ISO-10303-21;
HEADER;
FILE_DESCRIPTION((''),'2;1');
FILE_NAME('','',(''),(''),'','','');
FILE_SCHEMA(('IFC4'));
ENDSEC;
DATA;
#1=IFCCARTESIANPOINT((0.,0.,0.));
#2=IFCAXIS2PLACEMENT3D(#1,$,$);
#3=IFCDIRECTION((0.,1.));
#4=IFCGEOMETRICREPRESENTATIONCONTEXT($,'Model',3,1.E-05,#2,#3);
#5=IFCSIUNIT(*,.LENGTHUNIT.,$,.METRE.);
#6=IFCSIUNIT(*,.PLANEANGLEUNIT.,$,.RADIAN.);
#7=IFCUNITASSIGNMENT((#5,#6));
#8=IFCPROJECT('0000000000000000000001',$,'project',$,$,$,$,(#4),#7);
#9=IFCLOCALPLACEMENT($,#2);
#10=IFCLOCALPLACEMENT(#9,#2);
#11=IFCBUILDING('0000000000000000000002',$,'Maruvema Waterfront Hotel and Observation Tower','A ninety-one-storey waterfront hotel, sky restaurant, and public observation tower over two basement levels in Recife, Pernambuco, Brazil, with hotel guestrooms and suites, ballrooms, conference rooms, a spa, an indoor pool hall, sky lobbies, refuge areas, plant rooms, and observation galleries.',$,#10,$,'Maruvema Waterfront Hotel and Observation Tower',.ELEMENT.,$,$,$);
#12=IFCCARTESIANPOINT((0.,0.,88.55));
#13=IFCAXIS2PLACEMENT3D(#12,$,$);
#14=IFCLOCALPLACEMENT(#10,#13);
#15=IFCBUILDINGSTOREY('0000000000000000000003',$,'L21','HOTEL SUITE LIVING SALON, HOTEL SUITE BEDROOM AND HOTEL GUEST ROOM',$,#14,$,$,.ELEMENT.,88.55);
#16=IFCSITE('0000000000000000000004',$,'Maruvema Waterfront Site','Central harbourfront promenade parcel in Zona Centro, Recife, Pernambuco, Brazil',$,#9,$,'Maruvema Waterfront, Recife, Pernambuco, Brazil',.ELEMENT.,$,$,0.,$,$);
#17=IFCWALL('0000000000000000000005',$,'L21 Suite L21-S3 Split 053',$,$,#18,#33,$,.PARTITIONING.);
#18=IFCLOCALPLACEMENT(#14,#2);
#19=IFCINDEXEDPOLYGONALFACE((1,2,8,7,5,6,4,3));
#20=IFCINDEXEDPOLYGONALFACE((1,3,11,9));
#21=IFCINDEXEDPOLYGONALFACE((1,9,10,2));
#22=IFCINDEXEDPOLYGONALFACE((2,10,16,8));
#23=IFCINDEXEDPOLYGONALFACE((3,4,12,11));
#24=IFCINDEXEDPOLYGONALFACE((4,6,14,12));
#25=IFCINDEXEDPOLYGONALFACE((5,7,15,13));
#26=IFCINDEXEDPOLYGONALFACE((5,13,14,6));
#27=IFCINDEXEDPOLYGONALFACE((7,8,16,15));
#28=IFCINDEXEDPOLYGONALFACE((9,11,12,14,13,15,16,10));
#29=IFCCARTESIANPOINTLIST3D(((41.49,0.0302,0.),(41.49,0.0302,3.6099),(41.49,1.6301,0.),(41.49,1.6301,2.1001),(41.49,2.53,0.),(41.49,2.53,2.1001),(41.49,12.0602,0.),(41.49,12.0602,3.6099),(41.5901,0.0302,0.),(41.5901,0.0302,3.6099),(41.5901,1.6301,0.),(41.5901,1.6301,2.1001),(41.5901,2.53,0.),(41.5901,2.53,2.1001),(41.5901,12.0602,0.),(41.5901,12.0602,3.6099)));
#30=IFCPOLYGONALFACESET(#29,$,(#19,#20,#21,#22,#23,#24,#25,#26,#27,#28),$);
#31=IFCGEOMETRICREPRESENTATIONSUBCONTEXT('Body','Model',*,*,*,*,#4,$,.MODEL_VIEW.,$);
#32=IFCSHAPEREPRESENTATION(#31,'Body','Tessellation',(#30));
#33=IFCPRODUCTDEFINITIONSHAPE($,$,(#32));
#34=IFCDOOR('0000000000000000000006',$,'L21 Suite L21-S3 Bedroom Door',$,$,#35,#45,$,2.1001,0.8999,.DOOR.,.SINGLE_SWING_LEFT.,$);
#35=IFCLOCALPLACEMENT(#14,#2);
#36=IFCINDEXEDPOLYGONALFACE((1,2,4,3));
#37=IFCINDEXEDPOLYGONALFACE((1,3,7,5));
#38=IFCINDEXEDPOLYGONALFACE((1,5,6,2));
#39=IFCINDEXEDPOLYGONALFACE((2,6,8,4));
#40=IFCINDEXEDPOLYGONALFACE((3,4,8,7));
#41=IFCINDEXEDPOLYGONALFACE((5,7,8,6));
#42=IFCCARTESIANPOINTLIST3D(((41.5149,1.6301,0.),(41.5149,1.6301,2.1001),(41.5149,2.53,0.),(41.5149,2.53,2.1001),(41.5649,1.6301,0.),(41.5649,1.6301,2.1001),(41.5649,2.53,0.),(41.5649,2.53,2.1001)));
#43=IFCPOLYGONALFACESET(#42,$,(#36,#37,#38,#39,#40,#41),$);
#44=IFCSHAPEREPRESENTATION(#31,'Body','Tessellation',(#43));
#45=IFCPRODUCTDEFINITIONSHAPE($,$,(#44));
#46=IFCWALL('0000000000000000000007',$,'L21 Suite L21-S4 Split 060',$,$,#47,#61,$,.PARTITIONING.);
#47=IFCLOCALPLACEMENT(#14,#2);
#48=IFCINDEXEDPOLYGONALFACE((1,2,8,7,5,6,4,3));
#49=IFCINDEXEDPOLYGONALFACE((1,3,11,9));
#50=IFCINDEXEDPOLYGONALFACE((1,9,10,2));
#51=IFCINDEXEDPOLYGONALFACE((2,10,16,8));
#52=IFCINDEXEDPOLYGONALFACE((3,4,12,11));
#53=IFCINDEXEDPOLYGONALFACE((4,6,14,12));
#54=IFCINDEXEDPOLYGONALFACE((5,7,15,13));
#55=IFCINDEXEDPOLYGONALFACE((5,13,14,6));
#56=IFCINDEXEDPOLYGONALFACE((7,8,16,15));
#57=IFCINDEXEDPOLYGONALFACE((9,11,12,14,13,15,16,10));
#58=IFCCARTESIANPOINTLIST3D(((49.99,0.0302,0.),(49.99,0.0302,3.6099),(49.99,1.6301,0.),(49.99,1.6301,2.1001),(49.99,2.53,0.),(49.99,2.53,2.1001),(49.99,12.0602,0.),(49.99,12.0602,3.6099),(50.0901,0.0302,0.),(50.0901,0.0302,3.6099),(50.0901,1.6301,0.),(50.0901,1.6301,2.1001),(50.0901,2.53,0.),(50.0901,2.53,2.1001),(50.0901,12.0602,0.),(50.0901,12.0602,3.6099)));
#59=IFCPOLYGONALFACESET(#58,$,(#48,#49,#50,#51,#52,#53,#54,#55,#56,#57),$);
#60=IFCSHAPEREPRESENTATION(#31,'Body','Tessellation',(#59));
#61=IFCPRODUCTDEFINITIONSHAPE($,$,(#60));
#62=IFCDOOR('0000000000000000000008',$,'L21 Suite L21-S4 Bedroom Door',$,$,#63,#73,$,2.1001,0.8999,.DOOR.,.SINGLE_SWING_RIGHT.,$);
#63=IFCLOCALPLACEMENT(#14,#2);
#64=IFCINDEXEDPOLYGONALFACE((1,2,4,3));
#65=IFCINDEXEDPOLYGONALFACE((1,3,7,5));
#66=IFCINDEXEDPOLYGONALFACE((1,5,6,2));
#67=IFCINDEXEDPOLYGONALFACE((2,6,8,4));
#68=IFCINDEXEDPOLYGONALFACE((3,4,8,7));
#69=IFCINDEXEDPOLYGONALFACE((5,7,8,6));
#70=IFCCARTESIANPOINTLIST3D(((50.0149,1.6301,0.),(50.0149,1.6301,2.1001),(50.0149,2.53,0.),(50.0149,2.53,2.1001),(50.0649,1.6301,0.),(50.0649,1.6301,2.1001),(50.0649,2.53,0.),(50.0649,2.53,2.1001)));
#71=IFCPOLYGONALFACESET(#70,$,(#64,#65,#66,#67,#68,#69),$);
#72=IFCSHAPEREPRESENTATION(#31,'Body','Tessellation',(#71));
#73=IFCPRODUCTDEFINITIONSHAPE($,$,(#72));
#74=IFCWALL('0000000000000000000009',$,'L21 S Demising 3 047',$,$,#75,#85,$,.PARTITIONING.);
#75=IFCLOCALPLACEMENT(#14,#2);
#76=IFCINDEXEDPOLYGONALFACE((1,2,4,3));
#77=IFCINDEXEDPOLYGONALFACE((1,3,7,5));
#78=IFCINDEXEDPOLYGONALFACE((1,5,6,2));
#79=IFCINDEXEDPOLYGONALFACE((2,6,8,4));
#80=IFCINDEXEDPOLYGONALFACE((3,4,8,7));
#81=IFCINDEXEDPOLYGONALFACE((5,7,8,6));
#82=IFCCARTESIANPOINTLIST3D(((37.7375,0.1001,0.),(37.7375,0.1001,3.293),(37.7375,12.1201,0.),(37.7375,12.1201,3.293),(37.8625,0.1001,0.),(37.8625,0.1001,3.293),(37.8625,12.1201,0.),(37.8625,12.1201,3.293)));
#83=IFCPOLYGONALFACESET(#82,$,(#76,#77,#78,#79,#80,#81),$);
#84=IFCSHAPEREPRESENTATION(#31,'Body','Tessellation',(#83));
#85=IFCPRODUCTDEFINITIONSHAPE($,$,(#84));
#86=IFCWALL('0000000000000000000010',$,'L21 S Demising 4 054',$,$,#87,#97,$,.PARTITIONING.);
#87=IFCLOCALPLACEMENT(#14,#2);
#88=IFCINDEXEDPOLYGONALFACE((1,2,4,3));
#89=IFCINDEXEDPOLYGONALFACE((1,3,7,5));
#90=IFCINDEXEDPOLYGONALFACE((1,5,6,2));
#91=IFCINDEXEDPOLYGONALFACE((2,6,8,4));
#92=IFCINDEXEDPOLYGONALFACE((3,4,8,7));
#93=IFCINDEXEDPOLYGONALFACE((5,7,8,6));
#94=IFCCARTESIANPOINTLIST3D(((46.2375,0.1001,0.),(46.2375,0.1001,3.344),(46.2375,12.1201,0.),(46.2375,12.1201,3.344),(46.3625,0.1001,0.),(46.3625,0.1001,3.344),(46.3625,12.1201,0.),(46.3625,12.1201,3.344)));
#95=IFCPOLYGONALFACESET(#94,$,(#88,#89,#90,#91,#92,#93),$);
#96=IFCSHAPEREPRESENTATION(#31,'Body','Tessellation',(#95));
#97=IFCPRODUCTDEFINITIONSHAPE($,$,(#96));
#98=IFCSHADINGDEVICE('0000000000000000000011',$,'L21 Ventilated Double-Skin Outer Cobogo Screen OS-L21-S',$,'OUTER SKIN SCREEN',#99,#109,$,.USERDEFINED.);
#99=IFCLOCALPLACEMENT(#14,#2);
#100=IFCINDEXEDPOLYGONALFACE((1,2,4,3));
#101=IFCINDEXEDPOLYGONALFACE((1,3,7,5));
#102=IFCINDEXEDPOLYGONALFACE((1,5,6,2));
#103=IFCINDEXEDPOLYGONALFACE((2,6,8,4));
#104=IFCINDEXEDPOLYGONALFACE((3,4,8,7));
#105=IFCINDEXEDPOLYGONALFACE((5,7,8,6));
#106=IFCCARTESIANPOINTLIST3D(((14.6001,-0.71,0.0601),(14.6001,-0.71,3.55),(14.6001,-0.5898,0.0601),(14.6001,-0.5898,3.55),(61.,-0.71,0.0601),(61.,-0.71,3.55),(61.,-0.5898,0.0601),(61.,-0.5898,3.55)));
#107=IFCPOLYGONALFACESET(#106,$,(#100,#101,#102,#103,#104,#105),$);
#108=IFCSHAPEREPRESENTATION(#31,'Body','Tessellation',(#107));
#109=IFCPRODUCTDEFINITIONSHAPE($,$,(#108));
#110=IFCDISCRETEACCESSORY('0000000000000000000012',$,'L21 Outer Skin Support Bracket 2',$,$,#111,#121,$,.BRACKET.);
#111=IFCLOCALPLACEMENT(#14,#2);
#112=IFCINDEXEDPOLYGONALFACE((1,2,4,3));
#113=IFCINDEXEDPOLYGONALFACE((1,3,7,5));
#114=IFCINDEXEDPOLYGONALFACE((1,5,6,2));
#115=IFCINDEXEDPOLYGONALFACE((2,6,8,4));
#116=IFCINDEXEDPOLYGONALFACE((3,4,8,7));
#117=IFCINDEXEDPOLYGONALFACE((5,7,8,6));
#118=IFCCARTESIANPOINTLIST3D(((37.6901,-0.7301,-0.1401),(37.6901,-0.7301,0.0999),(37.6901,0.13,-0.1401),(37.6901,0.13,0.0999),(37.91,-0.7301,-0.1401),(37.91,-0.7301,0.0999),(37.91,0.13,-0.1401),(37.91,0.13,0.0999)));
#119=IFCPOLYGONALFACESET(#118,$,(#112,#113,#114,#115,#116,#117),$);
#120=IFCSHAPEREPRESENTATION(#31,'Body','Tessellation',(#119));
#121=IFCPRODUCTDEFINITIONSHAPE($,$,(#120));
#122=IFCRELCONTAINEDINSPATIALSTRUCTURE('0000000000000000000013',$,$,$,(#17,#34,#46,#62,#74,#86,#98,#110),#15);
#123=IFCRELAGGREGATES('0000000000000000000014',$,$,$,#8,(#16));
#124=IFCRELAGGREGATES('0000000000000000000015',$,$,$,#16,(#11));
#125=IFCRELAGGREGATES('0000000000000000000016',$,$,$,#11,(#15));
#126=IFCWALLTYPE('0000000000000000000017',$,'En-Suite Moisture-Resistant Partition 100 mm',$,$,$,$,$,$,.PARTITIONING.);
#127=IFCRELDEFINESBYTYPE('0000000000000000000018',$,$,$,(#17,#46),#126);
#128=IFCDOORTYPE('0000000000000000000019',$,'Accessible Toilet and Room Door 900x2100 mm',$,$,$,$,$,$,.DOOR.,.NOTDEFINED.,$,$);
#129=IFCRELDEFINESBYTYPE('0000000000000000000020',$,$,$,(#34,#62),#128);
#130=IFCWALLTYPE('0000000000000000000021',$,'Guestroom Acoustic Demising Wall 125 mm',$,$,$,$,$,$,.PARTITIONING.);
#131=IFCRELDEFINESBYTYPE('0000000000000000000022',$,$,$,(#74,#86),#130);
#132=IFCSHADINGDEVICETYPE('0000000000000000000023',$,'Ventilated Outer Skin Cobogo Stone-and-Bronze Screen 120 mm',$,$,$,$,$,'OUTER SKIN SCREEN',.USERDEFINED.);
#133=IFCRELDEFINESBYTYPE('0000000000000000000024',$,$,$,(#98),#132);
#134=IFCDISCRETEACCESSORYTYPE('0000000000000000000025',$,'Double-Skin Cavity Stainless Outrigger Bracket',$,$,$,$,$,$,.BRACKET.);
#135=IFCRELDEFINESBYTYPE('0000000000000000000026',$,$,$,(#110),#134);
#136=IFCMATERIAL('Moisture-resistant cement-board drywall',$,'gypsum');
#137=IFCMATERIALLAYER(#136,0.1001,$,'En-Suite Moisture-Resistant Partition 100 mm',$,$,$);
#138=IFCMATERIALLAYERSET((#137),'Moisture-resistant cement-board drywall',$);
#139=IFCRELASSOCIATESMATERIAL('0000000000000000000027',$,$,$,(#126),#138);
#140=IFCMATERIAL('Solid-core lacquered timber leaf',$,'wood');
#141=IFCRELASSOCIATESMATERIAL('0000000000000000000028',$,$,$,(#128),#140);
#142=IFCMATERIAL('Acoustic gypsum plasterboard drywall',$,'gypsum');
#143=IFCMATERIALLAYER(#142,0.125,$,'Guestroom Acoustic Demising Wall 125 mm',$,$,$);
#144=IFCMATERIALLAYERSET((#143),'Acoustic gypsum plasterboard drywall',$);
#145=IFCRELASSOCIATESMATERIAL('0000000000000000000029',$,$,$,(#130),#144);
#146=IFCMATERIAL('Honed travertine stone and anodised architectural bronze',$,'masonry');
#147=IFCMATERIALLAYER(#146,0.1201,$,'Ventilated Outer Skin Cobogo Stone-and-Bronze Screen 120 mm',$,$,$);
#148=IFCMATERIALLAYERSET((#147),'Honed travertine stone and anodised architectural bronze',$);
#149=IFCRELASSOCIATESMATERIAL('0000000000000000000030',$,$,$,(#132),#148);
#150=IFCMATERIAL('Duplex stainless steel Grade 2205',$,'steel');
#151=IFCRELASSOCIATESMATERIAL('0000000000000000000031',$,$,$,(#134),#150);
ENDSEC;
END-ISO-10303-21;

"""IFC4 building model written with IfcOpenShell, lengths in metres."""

from ifc_helpers import new_model, si_unit, direction, frame, frame_2d, origin, origin_2d, place, context, subcontext, project, spatial, rectangle, extrude, material, layer, layer_set, type_object, element, fill, save


model = new_model("IFC4")

# Units and contexts
model_context = context("Model", 3, precision=1e-05, world=origin(), true_north=direction((0.0, 1.0)))
body_context = subcontext(model_context, "Body", "Model", "MODEL_VIEW")
ifc_project = project(units=[si_unit("LENGTHUNIT", "METRE"), si_unit("PLANEANGLEUNIT", "RADIAN")], contexts=[model_context])

# Site, building, storey
site_placement = place(None, origin())
site = spatial("IfcSite", under=ifc_project, at=site_placement, Name="Maruvema Waterfront Site", Description="Central harbourfront promenade parcel in Zona Centro, Recife, Pernambuco, Brazil", LongName="Maruvema Waterfront, Recife, Pernambuco, Brazil", CompositionType="ELEMENT", RefElevation=0.0)
building_placement = place(site_placement, origin())
building = spatial("IfcBuilding", under=site, at=building_placement, Name="Maruvema Waterfront Hotel and Observation Tower", Description="A ninety-one-storey waterfront hotel, sky restaurant, and public observation tower over two basement levels in Recife, Pernambuco, Brazil, with hotel guestrooms and suites, ballrooms, conference rooms, a spa, an indoor pool hall, sky lobbies, refuge areas, plant rooms, and observation galleries.", LongName="Maruvema Waterfront Hotel and Observation Tower", CompositionType="ELEMENT")
storey_placement = place(building_placement, frame((0.0, 0.0, 88.55)))
storey = spatial("IfcBuildingStorey", under=building, at=storey_placement, Name="L21", Description="HOTEL SUITE LIVING SALON, HOTEL SUITE BEDROOM AND HOTEL GUEST ROOM", CompositionType="ELEMENT", Elevation=88.55)

# Shared definitions
ifc_material_1 = material(Name="Moisture-resistant cement-board drywall", Category="gypsum")
ifc_layer_1 = layer(ifc_material_1, 0.1001, Name="En-Suite Moisture-Resistant Partition 100 mm")
ifc_layer_set_1 = layer_set([ifc_layer_1], Name="Moisture-resistant cement-board drywall")
wall_type_1 = type_object("IfcWallType", Name="En-Suite Moisture-Resistant Partition 100 mm", PredefinedType="PARTITIONING", material=ifc_layer_set_1)

# Walls, openings, doors
wall_1_placement = place(storey_placement, frame((41.54, 0.03, 0.0), z_axis=(0.0, 0.0, 1.0), x_axis=(0.0, 1.0, 0.0)))
wall_1 = element("IfcWall", 1, at=wall_1_placement, inside=storey, type_object=wall_type_1, Name="L21 Suite L21-S3 Split 053", PredefinedType="PARTITIONING", context=body_context, shape_type="SweptSolid", body=[
    extrude(rectangle(XDim=12.03, YDim=0.1001, at=frame_2d((6.0151, 0.0))), origin(), (0.0, 0.0, 1.0), 3.6099),
])
opening_1_placement = place(wall_1_placement, frame((1.6001, 0.0, 0.0)))
opening_1 = element("IfcOpeningElement", 2, at=opening_1_placement, cuts=wall_1, PredefinedType="OPENING", context=body_context, shape_type="SweptSolid", body=[
    extrude(rectangle(XDim=0.8999, YDim=2.1001, at=frame_2d((0.45, 1.05))), frame((0.0, 0.0601, 0.0), z_axis=(0.0, -1.0, 0.0), x_axis=(1.0, 0.0, 0.0)), (0.0, 0.0, 1.0), 0.1201),
])
ifc_material_2 = material(Name="Solid-core lacquered timber leaf", Category="wood")
door_type_1 = type_object("IfcDoorType", Name="Accessible Toilet and Room Door 900x2100 mm", OperationType="NOTDEFINED", PredefinedType="DOOR", material=ifc_material_2)
door_1_placement = place(opening_1_placement, frame((0.8999, 0.0, 0.0), z_axis=(0.0, 0.0, 1.0), x_axis=(-1.0, 0.0, 0.0)))
door_1 = element("IfcDoor", 3, at=door_1_placement, inside=storey, type_object=door_type_1, Name="L21 Suite L21-S3 Bedroom Door", OperationType="SINGLE_SWING_LEFT", OverallHeight=2.1001, OverallWidth=0.8999, PredefinedType="DOOR", context=body_context, shape_type="SweptSolid", body=[
    extrude(rectangle(XDim=0.8999, YDim=2.1001, at=frame_2d((0.45, 1.05))), frame((0.0, 0.0249, 0.0), z_axis=(0.0, -1.0, 0.0), x_axis=(1.0, 0.0, 0.0)), (0.0, 0.0, 1.0), 0.05),
])
fill(opening_1, door_1)
wall_2_placement = place(storey_placement, frame((50.04, 0.03, 0.0), z_axis=(0.0, 0.0, 1.0), x_axis=(0.0, 1.0, 0.0)))
wall_2 = element("IfcWall", 4, at=wall_2_placement, inside=storey, type_object=wall_type_1, Name="L21 Suite L21-S4 Split 060", PredefinedType="PARTITIONING", context=body_context, shape_type="SweptSolid", body=[
    extrude(rectangle(XDim=12.03, YDim=0.1001, at=frame_2d((6.0151, 0.0))), origin(), (0.0, 0.0, 1.0), 3.6099),
])
opening_2_placement = place(wall_2_placement, frame((1.6001, 0.0, 0.0)))
opening_2 = element("IfcOpeningElement", 5, at=opening_2_placement, cuts=wall_2, PredefinedType="OPENING", context=body_context, shape_type="SweptSolid", body=[
    extrude(rectangle(XDim=0.8999, YDim=2.1001, at=frame_2d((0.45, 1.05))), frame((0.0, 0.0601, 0.0), z_axis=(0.0, -1.0, 0.0), x_axis=(1.0, 0.0, 0.0)), (0.0, 0.0, 1.0), 0.1201),
])
door_2_placement = place(opening_2_placement, frame((0.8999, 0.0, 0.0), z_axis=(0.0, 0.0, 1.0), x_axis=(-1.0, 0.0, 0.0)))
door_2 = element("IfcDoor", 6, at=door_2_placement, inside=storey, type_object=door_type_1, Name="L21 Suite L21-S4 Bedroom Door", OperationType="SINGLE_SWING_RIGHT", OverallHeight=2.1001, OverallWidth=0.8999, PredefinedType="DOOR", context=body_context, shape_type="SweptSolid", body=[
    extrude(rectangle(XDim=0.8999, YDim=2.1001, at=frame_2d((0.45, 1.05))), frame((0.0, 0.0249, 0.0), z_axis=(0.0, -1.0, 0.0), x_axis=(1.0, 0.0, 0.0)), (0.0, 0.0, 1.0), 0.05),
])
fill(opening_2, door_2)

# Walls
ifc_material_3 = material(Name="Acoustic gypsum plasterboard drywall", Category="gypsum")
ifc_layer_2 = layer(ifc_material_3, 0.125, Name="Guestroom Acoustic Demising Wall 125 mm")
ifc_layer_set_2 = layer_set([ifc_layer_2], Name="Acoustic gypsum plasterboard drywall")
wall_type_2 = type_object("IfcWallType", Name="Guestroom Acoustic Demising Wall 125 mm", PredefinedType="PARTITIONING", material=ifc_layer_set_2)
wall_3_placement = place(storey_placement, frame((37.8, 0.1001, 0.0), z_axis=(0.0, 0.0, 1.0), x_axis=(0.0, 1.0, 0.0)))
element("IfcWall", 7, at=wall_3_placement, inside=storey, type_object=wall_type_2, Name="L21 S Demising 3 047", PredefinedType="PARTITIONING", context=body_context, shape_type="SweptSolid", body=[
    extrude(rectangle(XDim=12.02, YDim=0.125, at=frame_2d((6.01, 0.0))), origin(), (0.0, 0.0, 1.0), 3.293),
])
wall_4_placement = place(storey_placement, frame((46.3, 0.1001, 0.0), z_axis=(0.0, 0.0, 1.0), x_axis=(0.0, 1.0, 0.0)))
element("IfcWall", 8, at=wall_4_placement, inside=storey, type_object=wall_type_2, Name="L21 S Demising 4 054", PredefinedType="PARTITIONING", context=body_context, shape_type="SweptSolid", body=[
    extrude(rectangle(XDim=12.02, YDim=0.125, at=frame_2d((6.01, 0.0))), origin(), (0.0, 0.0, 1.0), 3.344),
])

# Shading device
ifc_material_4 = material(Name="Honed travertine stone and anodised architectural bronze", Category="masonry")
ifc_layer_3 = layer(ifc_material_4, 0.1201, Name="Ventilated Outer Skin Cobogo Stone-and-Bronze Screen 120 mm")
ifc_layer_set_3 = layer_set([ifc_layer_3], Name="Honed travertine stone and anodised architectural bronze")
shading_device_type = type_object("IfcShadingDeviceType", Name="Ventilated Outer Skin Cobogo Stone-and-Bronze Screen 120 mm", ElementType="OUTER SKIN SCREEN", PredefinedType="USERDEFINED", material=ifc_layer_set_3)
shading_device_placement = place(storey_placement, frame((37.8, -0.6499, 0.0601), z_axis=(0.0, 0.0, 1.0), x_axis=(1.0, 0.0, 0.0)))
element("IfcShadingDevice", 9, at=shading_device_placement, inside=storey, type_object=shading_device_type, Name="L21 Ventilated Double-Skin Outer Cobogo Screen OS-L21-S", ObjectType="OUTER SKIN SCREEN", PredefinedType="USERDEFINED", context=body_context, shape_type="SweptSolid", body=[
    extrude(rectangle(XDim=46.3999, YDim=0.1201, at=origin_2d()), origin(), (0.0, 0.0, 1.0), 3.49),
])

# Discrete accessory
ifc_material_5 = material(Name="Duplex stainless steel Grade 2205", Category="steel")
discrete_accessory_type = type_object("IfcDiscreteAccessoryType", Name="Double-Skin Cavity Stainless Outrigger Bracket", PredefinedType="BRACKET", material=ifc_material_5)
discrete_accessory_placement = place(storey_placement, frame((37.8, -0.3, -0.1401), z_axis=(0.0, 0.0, 1.0), x_axis=(1.0, 0.0, 0.0)))
element("IfcDiscreteAccessory", 10, at=discrete_accessory_placement, inside=storey, type_object=discrete_accessory_type, Name="L21 Outer Skin Support Bracket 2", PredefinedType="BRACKET", context=body_context, shape_type="SweptSolid", body=[
    extrude(rectangle(XDim=0.22, YDim=0.8601, at=origin_2d()), origin(), (0.0, 0.0, 1.0), 0.24),
])

save(model, "model.ifc")
